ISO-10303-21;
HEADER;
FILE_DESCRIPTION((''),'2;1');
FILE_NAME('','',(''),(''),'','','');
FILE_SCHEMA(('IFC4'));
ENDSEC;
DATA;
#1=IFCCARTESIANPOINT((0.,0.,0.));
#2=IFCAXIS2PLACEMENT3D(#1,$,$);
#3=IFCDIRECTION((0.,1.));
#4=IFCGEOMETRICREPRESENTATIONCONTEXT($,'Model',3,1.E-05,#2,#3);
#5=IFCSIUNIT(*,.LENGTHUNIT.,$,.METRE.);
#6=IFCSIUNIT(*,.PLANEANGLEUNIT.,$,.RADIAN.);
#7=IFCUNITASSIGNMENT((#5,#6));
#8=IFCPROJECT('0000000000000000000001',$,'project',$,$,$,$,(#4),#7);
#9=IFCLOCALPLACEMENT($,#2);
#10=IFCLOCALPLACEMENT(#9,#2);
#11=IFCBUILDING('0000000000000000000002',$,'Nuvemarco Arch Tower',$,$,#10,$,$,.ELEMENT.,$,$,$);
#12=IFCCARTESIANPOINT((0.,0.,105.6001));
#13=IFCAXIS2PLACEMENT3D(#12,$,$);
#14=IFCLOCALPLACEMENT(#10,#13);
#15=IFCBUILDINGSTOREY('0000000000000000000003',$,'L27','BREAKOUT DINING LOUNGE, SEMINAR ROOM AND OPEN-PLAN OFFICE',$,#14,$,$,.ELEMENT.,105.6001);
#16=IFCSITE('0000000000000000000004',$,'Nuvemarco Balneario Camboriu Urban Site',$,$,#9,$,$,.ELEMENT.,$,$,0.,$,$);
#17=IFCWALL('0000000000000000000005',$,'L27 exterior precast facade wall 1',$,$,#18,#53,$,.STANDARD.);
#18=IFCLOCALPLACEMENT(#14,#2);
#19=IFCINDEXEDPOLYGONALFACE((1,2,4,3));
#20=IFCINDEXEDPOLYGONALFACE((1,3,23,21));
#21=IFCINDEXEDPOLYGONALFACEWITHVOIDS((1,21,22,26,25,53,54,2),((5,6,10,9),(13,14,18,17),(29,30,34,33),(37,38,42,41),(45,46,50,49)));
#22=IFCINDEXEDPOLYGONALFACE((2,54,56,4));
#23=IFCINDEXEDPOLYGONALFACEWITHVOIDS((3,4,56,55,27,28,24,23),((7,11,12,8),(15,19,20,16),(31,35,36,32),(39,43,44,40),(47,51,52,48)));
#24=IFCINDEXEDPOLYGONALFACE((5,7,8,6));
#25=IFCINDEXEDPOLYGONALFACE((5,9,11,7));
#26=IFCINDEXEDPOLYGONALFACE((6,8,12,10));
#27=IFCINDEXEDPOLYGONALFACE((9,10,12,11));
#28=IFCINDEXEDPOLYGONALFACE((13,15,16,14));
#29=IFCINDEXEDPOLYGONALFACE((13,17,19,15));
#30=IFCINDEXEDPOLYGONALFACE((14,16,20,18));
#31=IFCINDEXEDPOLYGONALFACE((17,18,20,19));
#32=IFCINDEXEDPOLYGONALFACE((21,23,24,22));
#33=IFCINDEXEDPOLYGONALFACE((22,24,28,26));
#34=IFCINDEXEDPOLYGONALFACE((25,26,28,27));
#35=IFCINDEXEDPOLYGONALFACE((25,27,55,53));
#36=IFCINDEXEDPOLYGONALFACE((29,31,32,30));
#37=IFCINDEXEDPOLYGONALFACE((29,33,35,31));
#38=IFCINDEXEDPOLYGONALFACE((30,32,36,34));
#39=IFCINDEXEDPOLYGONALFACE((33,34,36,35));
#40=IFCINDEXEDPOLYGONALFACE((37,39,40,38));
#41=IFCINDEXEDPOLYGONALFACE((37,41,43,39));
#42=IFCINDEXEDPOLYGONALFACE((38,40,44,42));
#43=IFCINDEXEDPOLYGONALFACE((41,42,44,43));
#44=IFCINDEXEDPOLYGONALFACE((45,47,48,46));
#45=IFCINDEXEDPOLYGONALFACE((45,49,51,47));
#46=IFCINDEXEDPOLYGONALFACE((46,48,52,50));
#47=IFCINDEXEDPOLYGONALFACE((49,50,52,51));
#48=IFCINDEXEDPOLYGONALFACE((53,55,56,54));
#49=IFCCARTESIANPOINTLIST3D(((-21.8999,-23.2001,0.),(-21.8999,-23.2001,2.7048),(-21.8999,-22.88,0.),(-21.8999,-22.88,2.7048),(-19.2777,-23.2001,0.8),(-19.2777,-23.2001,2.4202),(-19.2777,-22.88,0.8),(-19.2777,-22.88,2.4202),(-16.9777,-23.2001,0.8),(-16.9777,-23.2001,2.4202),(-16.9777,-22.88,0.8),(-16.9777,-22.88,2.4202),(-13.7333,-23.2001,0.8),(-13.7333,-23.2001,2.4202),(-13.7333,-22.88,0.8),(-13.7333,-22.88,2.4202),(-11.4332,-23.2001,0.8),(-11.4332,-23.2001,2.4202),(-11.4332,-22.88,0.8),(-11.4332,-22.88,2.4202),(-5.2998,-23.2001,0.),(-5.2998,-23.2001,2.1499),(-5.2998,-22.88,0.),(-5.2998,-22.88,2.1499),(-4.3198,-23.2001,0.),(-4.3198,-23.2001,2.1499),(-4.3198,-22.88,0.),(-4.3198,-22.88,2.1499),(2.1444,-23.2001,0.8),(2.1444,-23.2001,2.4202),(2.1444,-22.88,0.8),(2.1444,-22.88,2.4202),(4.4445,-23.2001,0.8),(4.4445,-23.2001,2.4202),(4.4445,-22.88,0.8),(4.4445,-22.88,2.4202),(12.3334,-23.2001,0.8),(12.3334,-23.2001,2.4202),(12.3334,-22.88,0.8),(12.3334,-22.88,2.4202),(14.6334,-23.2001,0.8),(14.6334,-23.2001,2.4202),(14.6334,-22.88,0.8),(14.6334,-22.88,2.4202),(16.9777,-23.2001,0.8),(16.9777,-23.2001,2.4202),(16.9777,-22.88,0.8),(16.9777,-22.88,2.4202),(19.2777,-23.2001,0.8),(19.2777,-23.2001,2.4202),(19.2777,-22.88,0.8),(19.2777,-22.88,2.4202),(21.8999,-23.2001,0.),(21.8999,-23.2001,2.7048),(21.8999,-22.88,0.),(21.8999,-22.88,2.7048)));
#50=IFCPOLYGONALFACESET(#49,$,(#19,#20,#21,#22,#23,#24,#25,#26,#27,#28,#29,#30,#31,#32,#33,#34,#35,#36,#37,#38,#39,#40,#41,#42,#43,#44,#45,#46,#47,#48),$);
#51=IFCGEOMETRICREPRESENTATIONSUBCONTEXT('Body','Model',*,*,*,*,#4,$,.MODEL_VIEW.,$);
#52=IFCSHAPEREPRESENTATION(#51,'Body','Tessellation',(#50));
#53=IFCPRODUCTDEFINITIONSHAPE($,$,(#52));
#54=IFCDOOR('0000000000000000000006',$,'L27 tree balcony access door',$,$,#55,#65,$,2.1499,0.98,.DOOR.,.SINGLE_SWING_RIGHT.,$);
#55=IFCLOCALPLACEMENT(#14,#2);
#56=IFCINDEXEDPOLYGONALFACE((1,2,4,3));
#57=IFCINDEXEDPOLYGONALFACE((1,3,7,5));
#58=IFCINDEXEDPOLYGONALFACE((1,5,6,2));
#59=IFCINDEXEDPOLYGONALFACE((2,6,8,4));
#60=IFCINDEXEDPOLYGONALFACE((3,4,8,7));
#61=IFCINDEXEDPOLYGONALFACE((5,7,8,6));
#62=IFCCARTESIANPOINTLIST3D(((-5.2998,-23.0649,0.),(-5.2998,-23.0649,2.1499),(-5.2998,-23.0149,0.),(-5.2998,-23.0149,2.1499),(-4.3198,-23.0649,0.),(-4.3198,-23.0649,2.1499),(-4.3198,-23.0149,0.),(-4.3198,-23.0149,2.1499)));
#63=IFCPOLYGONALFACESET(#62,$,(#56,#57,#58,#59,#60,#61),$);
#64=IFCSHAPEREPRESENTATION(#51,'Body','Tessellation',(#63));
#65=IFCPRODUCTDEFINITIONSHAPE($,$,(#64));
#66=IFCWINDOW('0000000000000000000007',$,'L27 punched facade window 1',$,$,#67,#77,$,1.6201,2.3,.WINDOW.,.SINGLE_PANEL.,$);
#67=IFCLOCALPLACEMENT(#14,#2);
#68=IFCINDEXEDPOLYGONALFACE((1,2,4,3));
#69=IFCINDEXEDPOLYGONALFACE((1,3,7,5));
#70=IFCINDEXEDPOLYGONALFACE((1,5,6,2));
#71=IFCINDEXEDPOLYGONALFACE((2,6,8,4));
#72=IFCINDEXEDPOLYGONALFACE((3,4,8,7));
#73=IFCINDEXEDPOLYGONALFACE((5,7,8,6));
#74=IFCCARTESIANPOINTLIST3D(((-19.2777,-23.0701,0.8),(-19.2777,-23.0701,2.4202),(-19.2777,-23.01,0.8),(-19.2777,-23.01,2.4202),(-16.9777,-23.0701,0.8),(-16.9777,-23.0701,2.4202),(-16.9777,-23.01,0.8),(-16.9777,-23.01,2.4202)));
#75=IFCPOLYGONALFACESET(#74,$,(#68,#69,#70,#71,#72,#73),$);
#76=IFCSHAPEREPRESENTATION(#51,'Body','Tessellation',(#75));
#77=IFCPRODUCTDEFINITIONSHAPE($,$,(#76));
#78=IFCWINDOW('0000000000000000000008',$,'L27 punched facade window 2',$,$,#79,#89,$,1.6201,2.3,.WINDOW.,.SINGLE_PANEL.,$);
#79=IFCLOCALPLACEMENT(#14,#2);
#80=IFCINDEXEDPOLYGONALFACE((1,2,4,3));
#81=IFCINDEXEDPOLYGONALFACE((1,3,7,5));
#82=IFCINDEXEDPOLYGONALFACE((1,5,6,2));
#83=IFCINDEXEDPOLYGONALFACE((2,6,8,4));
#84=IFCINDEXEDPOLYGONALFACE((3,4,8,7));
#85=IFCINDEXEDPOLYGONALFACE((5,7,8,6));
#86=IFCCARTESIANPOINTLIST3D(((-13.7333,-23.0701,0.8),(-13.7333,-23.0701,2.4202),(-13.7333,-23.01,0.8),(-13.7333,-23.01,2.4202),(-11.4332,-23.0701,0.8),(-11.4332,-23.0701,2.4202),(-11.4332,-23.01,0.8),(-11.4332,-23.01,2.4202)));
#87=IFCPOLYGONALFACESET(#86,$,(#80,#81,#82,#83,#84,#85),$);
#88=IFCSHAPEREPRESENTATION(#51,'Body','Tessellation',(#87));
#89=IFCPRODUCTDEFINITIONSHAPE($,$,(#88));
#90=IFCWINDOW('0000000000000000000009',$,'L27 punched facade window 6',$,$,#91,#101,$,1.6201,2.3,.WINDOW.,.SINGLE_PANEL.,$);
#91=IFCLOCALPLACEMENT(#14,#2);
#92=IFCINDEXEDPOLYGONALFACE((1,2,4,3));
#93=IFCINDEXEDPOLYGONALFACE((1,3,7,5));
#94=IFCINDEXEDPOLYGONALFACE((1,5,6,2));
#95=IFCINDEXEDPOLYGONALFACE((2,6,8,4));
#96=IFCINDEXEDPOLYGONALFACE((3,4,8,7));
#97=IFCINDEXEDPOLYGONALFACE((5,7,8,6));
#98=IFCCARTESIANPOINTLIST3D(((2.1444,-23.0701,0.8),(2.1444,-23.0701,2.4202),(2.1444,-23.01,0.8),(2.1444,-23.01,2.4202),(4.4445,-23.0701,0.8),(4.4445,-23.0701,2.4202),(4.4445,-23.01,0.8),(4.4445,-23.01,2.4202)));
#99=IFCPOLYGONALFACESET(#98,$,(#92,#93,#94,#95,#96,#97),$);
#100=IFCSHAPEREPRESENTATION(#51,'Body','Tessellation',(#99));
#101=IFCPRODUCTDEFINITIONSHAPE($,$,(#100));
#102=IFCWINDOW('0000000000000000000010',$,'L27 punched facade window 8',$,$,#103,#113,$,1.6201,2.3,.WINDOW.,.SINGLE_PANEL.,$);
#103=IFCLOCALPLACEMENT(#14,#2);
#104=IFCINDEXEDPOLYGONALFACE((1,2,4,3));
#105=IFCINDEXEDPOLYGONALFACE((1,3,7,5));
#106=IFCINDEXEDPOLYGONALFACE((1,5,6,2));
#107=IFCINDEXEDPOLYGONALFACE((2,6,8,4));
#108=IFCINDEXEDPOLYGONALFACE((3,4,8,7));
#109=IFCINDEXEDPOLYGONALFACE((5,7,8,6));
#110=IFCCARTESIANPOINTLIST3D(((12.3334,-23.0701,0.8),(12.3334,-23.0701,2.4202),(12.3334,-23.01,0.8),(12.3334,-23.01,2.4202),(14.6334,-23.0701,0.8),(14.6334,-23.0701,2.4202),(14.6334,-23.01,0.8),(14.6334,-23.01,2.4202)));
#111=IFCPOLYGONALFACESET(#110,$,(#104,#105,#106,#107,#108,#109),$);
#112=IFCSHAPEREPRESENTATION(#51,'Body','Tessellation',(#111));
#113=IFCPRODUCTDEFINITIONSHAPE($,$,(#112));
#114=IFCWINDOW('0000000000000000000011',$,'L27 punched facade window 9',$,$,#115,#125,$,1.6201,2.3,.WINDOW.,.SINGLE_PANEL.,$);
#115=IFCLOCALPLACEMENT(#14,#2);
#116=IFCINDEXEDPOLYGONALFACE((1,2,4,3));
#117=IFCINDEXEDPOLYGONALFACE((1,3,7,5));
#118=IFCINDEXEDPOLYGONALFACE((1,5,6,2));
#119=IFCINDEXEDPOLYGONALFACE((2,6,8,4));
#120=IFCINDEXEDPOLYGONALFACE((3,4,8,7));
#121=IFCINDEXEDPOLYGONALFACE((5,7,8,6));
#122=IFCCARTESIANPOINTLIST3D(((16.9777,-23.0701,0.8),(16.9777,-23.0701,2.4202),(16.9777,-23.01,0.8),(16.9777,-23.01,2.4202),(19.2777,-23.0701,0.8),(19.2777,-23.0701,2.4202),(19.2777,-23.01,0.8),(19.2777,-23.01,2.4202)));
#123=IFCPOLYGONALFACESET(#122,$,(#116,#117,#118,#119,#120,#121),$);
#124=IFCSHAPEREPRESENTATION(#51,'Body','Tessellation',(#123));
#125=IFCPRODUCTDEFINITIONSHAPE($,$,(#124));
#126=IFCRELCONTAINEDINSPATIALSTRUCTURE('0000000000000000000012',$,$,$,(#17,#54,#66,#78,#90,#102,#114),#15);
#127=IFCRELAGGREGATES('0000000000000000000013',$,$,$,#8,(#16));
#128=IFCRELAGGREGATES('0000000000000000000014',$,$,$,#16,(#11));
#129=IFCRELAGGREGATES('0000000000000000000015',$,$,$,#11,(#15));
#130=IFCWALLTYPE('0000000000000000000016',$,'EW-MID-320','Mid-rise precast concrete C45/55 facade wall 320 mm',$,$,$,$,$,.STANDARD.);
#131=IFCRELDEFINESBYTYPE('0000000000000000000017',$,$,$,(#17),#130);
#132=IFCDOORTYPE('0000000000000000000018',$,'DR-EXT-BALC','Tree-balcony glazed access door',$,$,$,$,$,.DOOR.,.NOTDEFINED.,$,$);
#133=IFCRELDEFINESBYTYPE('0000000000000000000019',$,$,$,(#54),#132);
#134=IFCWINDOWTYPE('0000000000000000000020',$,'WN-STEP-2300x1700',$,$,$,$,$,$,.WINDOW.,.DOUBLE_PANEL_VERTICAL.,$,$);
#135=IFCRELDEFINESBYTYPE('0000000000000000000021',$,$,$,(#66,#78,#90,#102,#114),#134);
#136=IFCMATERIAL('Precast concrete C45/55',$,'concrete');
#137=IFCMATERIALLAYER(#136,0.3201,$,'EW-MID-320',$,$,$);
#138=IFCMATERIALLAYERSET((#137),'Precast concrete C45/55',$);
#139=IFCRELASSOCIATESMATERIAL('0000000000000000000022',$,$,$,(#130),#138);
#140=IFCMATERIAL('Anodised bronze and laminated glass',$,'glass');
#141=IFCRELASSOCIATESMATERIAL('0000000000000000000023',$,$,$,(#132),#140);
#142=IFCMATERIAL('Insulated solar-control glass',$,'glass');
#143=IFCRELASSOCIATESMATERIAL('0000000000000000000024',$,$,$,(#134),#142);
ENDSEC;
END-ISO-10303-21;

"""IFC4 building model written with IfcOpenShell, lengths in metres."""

from ifc_helpers import new_model, si_unit, direction, frame, frame_2d, origin, place, context, subcontext, project, spatial, rectangle, extrude, source, transform, mapped, material, layer, layer_set, type_object, type_shapes, element, fill, save


model = new_model("IFC4")

# Units and contexts
model_context = context("Model", 3, precision=1e-05, world=origin(), true_north=direction((0.0, 1.0)))
body_context = subcontext(model_context, "Body", "Model", "MODEL_VIEW")
ifc_project = project(units=[si_unit("LENGTHUNIT", "METRE"), si_unit("PLANEANGLEUNIT", "RADIAN")], contexts=[model_context])

# Site, building, storey
site_placement = place(None, origin())
site = spatial("IfcSite", under=ifc_project, at=site_placement, Name="Nuvemarco Balneario Camboriu Urban Site", CompositionType="ELEMENT", RefElevation=0.0)
building_placement = place(site_placement, origin())
building = spatial("IfcBuilding", under=site, at=building_placement, Name="Nuvemarco Arch Tower", CompositionType="ELEMENT")
storey_placement = place(building_placement, frame((0.0, 0.0, 105.6001)))
storey = spatial("IfcBuildingStorey", under=building, at=storey_placement, Name="L27", Description="BREAKOUT DINING LOUNGE, SEMINAR ROOM AND OPEN-PLAN OFFICE", CompositionType="ELEMENT", Elevation=105.6001)

# Wall, openings, door, windows
ifc_material_1 = material(Name="Precast concrete C45/55", Category="concrete")
ifc_layer_1 = layer(ifc_material_1, 0.3201, Name="EW-MID-320")
ifc_layer_set_1 = layer_set([ifc_layer_1], Name="Precast concrete C45/55")
wall_type_1 = type_object("IfcWallType", Name="EW-MID-320", Description="Mid-rise precast concrete C45/55 facade wall 320 mm", PredefinedType="STANDARD", material=ifc_layer_set_1)
wall_1_placement = place(storey_placement, frame((-21.8999, -23.04, 0.0), z_axis=(0.0, 0.0, 1.0), x_axis=(1.0, 0.0, 0.0)))
wall_1 = element("IfcWall", 1, at=wall_1_placement, inside=storey, type_object=wall_type_1, Name="L27 exterior precast facade wall 1", PredefinedType="STANDARD", context=body_context, shape_type="SweptSolid", body=[
    extrude(rectangle(XDim=43.7998, YDim=0.3201, at=frame_2d((21.8999, 0.0))), origin(), (0.0, 0.0, 1.0), 2.7048),
])
opening_1_placement = place(wall_1_placement, frame((17.5801, 0.0, 0.0), z_axis=(0.0, 0.0, 1.0), x_axis=(-1.0, 0.0, 0.0)))
opening_1 = element("IfcOpeningElement", 2, at=opening_1_placement, cuts=wall_1, PredefinedType="OPENING", context=body_context, shape_type="SweptSolid", body=[
    extrude(rectangle(XDim=0.98, YDim=2.1499, at=frame_2d((0.49, 1.075))), frame((0.0, 0.1699, 0.0), z_axis=(0.0, -1.0, 0.0), x_axis=(1.0, 0.0, 0.0)), (0.0, 0.0, 1.0), 0.3401),
])
opening_2_placement = place(wall_1_placement, frame((2.6223, 0.0, 0.8)))
opening_2 = element("IfcOpeningElement", 3, at=opening_2_placement, cuts=wall_1, PredefinedType="OPENING", context=body_context, shape_type="SweptSolid", body=[
    extrude(rectangle(XDim=2.3, YDim=1.6201, at=frame_2d((1.1499, 0.8101))), frame((0.0, 0.1699, 0.0), z_axis=(0.0, -1.0, 0.0), x_axis=(1.0, 0.0, 0.0)), (0.0, 0.0, 1.0), 0.3401),
])
opening_3_placement = place(wall_1_placement, frame((8.1667, 0.0, 0.8)))
opening_3 = element("IfcOpeningElement", 4, at=opening_3_placement, cuts=wall_1, PredefinedType="OPENING", context=body_context, shape_type="SweptSolid", body=[
    extrude(rectangle(XDim=2.3, YDim=1.6201, at=frame_2d((1.1499, 0.8101))), frame((0.0, 0.1699, 0.0), z_axis=(0.0, -1.0, 0.0), x_axis=(1.0, 0.0, 0.0)), (0.0, 0.0, 1.0), 0.3401),
])
opening_4_placement = place(wall_1_placement, frame((24.0444, 0.0, 0.8)))
opening_4 = element("IfcOpeningElement", 5, at=opening_4_placement, cuts=wall_1, PredefinedType="OPENING", context=body_context, shape_type="SweptSolid", body=[
    extrude(rectangle(XDim=2.3, YDim=1.6201, at=frame_2d((1.1499, 0.8101))), frame((0.0, 0.1699, 0.0), z_axis=(0.0, -1.0, 0.0), x_axis=(1.0, 0.0, 0.0)), (0.0, 0.0, 1.0), 0.3401),
])
opening_5_placement = place(wall_1_placement, frame((34.2334, 0.0, 0.8)))
opening_5 = element("IfcOpeningElement", 6, at=opening_5_placement, cuts=wall_1, PredefinedType="OPENING", context=body_context, shape_type="SweptSolid", body=[
    extrude(rectangle(XDim=2.3, YDim=1.6201, at=frame_2d((1.1499, 0.8101))), frame((0.0, 0.1699, 0.0), z_axis=(0.0, -1.0, 0.0), x_axis=(1.0, 0.0, 0.0)), (0.0, 0.0, 1.0), 0.3401),
])
opening_6_placement = place(wall_1_placement, frame((38.8777, 0.0, 0.8)))
opening_6 = element("IfcOpeningElement", 7, at=opening_6_placement, cuts=wall_1, PredefinedType="OPENING", context=body_context, shape_type="SweptSolid", body=[
    extrude(rectangle(XDim=2.3, YDim=1.6201, at=frame_2d((1.1499, 0.8101))), frame((0.0, 0.1699, 0.0), z_axis=(0.0, -1.0, 0.0), x_axis=(1.0, 0.0, 0.0)), (0.0, 0.0, 1.0), 0.3401),
])
ifc_material_2 = material(Name="Anodised bronze and laminated glass", Category="glass")
door_type = type_object("IfcDoorType", Name="DR-EXT-BALC", Description="Tree-balcony glazed access door", OperationType="NOTDEFINED", PredefinedType="DOOR", material=ifc_material_2)
shared_shape_1 = source(origin(), body_context, "Body", "SweptSolid", [
    extrude(rectangle(XDim=0.98, YDim=2.1499, at=frame_2d((0.49, 1.075))), frame((0.0, 0.0249, 0.0), z_axis=(0.0, -1.0, 0.0), x_axis=(1.0, 0.0, 0.0)), (0.0, 0.0, 1.0), 0.05),
])
type_shapes(door_type, [shared_shape_1])
door_placement = place(opening_1_placement, origin())
door = element("IfcDoor", 8, at=door_placement, inside=storey, type_object=door_type, Name="L27 tree balcony access door", OperationType="SINGLE_SWING_RIGHT", OverallHeight=2.1499, OverallWidth=0.98, PredefinedType="DOOR", context=body_context, shape_type="MappedRepresentation", body=[
    mapped(shared_shape_1, transform((0.0, 0.0, 0.0), scale=1.0)),
])
fill(opening_1, door)
ifc_material_3 = material(Name="Insulated solar-control glass", Category="glass")
window_type_1 = type_object("IfcWindowType", Name="WN-STEP-2300x1700", PartitioningType="DOUBLE_PANEL_VERTICAL", PredefinedType="WINDOW", material=ifc_material_3)
shared_shape_2 = source(origin(), body_context, "Body", "SweptSolid", [
    extrude(rectangle(XDim=2.3, YDim=1.6201, at=frame_2d((1.1499, 0.8101))), frame((0.0, 0.03, 0.0), z_axis=(0.0, -1.0, 0.0), x_axis=(1.0, 0.0, 0.0)), (0.0, 0.0, 1.0), 0.0601),
])
type_shapes(window_type_1, [shared_shape_2])
window_1_placement = place(opening_2_placement, origin())
window_1 = element("IfcWindow", 9, at=window_1_placement, inside=storey, type_object=window_type_1, Name="L27 punched facade window 1", OverallHeight=1.6201, OverallWidth=2.3, PartitioningType="SINGLE_PANEL", PredefinedType="WINDOW", context=body_context, shape_type="MappedRepresentation", body=[
    mapped(shared_shape_2, transform((0.0, 0.0, 0.0), scale=1.0)),
])
fill(opening_2, window_1)
window_2_placement = place(opening_3_placement, origin())
window_2 = element("IfcWindow", 10, at=window_2_placement, inside=storey, type_object=window_type_1, Name="L27 punched facade window 2", OverallHeight=1.6201, OverallWidth=2.3, PartitioningType="SINGLE_PANEL", PredefinedType="WINDOW", context=body_context, shape_type="MappedRepresentation", body=[
    mapped(shared_shape_2, transform((0.0, 0.0, 0.0), scale=1.0)),
])
fill(opening_3, window_2)
window_3_placement = place(opening_4_placement, origin())
window_3 = element("IfcWindow", 11, at=window_3_placement, inside=storey, type_object=window_type_1, Name="L27 punched facade window 6", OverallHeight=1.6201, OverallWidth=2.3, PartitioningType="SINGLE_PANEL", PredefinedType="WINDOW", context=body_context, shape_type="MappedRepresentation", body=[
    mapped(shared_shape_2, transform((0.0, 0.0, 0.0), scale=1.0)),
])
fill(opening_4, window_3)
window_4_placement = place(opening_5_placement, origin())
window_4 = element("IfcWindow", 12, at=window_4_placement, inside=storey, type_object=window_type_1, Name="L27 punched facade window 8", OverallHeight=1.6201, OverallWidth=2.3, PartitioningType="SINGLE_PANEL", PredefinedType="WINDOW", context=body_context, shape_type="MappedRepresentation", body=[
    mapped(shared_shape_2, transform((0.0, 0.0, 0.0), scale=1.0)),
])
fill(opening_5, window_4)
window_5_placement = place(opening_6_placement, origin())
window_5 = element("IfcWindow", 13, at=window_5_placement, inside=storey, type_object=window_type_1, Name="L27 punched facade window 9", OverallHeight=1.6201, OverallWidth=2.3, PartitioningType="SINGLE_PANEL", PredefinedType="WINDOW", context=body_context, shape_type="MappedRepresentation", body=[
    mapped(shared_shape_2, transform((0.0, 0.0, 0.0), scale=1.0)),
])
fill(opening_6, window_5)

save(model, "model.ifc")
